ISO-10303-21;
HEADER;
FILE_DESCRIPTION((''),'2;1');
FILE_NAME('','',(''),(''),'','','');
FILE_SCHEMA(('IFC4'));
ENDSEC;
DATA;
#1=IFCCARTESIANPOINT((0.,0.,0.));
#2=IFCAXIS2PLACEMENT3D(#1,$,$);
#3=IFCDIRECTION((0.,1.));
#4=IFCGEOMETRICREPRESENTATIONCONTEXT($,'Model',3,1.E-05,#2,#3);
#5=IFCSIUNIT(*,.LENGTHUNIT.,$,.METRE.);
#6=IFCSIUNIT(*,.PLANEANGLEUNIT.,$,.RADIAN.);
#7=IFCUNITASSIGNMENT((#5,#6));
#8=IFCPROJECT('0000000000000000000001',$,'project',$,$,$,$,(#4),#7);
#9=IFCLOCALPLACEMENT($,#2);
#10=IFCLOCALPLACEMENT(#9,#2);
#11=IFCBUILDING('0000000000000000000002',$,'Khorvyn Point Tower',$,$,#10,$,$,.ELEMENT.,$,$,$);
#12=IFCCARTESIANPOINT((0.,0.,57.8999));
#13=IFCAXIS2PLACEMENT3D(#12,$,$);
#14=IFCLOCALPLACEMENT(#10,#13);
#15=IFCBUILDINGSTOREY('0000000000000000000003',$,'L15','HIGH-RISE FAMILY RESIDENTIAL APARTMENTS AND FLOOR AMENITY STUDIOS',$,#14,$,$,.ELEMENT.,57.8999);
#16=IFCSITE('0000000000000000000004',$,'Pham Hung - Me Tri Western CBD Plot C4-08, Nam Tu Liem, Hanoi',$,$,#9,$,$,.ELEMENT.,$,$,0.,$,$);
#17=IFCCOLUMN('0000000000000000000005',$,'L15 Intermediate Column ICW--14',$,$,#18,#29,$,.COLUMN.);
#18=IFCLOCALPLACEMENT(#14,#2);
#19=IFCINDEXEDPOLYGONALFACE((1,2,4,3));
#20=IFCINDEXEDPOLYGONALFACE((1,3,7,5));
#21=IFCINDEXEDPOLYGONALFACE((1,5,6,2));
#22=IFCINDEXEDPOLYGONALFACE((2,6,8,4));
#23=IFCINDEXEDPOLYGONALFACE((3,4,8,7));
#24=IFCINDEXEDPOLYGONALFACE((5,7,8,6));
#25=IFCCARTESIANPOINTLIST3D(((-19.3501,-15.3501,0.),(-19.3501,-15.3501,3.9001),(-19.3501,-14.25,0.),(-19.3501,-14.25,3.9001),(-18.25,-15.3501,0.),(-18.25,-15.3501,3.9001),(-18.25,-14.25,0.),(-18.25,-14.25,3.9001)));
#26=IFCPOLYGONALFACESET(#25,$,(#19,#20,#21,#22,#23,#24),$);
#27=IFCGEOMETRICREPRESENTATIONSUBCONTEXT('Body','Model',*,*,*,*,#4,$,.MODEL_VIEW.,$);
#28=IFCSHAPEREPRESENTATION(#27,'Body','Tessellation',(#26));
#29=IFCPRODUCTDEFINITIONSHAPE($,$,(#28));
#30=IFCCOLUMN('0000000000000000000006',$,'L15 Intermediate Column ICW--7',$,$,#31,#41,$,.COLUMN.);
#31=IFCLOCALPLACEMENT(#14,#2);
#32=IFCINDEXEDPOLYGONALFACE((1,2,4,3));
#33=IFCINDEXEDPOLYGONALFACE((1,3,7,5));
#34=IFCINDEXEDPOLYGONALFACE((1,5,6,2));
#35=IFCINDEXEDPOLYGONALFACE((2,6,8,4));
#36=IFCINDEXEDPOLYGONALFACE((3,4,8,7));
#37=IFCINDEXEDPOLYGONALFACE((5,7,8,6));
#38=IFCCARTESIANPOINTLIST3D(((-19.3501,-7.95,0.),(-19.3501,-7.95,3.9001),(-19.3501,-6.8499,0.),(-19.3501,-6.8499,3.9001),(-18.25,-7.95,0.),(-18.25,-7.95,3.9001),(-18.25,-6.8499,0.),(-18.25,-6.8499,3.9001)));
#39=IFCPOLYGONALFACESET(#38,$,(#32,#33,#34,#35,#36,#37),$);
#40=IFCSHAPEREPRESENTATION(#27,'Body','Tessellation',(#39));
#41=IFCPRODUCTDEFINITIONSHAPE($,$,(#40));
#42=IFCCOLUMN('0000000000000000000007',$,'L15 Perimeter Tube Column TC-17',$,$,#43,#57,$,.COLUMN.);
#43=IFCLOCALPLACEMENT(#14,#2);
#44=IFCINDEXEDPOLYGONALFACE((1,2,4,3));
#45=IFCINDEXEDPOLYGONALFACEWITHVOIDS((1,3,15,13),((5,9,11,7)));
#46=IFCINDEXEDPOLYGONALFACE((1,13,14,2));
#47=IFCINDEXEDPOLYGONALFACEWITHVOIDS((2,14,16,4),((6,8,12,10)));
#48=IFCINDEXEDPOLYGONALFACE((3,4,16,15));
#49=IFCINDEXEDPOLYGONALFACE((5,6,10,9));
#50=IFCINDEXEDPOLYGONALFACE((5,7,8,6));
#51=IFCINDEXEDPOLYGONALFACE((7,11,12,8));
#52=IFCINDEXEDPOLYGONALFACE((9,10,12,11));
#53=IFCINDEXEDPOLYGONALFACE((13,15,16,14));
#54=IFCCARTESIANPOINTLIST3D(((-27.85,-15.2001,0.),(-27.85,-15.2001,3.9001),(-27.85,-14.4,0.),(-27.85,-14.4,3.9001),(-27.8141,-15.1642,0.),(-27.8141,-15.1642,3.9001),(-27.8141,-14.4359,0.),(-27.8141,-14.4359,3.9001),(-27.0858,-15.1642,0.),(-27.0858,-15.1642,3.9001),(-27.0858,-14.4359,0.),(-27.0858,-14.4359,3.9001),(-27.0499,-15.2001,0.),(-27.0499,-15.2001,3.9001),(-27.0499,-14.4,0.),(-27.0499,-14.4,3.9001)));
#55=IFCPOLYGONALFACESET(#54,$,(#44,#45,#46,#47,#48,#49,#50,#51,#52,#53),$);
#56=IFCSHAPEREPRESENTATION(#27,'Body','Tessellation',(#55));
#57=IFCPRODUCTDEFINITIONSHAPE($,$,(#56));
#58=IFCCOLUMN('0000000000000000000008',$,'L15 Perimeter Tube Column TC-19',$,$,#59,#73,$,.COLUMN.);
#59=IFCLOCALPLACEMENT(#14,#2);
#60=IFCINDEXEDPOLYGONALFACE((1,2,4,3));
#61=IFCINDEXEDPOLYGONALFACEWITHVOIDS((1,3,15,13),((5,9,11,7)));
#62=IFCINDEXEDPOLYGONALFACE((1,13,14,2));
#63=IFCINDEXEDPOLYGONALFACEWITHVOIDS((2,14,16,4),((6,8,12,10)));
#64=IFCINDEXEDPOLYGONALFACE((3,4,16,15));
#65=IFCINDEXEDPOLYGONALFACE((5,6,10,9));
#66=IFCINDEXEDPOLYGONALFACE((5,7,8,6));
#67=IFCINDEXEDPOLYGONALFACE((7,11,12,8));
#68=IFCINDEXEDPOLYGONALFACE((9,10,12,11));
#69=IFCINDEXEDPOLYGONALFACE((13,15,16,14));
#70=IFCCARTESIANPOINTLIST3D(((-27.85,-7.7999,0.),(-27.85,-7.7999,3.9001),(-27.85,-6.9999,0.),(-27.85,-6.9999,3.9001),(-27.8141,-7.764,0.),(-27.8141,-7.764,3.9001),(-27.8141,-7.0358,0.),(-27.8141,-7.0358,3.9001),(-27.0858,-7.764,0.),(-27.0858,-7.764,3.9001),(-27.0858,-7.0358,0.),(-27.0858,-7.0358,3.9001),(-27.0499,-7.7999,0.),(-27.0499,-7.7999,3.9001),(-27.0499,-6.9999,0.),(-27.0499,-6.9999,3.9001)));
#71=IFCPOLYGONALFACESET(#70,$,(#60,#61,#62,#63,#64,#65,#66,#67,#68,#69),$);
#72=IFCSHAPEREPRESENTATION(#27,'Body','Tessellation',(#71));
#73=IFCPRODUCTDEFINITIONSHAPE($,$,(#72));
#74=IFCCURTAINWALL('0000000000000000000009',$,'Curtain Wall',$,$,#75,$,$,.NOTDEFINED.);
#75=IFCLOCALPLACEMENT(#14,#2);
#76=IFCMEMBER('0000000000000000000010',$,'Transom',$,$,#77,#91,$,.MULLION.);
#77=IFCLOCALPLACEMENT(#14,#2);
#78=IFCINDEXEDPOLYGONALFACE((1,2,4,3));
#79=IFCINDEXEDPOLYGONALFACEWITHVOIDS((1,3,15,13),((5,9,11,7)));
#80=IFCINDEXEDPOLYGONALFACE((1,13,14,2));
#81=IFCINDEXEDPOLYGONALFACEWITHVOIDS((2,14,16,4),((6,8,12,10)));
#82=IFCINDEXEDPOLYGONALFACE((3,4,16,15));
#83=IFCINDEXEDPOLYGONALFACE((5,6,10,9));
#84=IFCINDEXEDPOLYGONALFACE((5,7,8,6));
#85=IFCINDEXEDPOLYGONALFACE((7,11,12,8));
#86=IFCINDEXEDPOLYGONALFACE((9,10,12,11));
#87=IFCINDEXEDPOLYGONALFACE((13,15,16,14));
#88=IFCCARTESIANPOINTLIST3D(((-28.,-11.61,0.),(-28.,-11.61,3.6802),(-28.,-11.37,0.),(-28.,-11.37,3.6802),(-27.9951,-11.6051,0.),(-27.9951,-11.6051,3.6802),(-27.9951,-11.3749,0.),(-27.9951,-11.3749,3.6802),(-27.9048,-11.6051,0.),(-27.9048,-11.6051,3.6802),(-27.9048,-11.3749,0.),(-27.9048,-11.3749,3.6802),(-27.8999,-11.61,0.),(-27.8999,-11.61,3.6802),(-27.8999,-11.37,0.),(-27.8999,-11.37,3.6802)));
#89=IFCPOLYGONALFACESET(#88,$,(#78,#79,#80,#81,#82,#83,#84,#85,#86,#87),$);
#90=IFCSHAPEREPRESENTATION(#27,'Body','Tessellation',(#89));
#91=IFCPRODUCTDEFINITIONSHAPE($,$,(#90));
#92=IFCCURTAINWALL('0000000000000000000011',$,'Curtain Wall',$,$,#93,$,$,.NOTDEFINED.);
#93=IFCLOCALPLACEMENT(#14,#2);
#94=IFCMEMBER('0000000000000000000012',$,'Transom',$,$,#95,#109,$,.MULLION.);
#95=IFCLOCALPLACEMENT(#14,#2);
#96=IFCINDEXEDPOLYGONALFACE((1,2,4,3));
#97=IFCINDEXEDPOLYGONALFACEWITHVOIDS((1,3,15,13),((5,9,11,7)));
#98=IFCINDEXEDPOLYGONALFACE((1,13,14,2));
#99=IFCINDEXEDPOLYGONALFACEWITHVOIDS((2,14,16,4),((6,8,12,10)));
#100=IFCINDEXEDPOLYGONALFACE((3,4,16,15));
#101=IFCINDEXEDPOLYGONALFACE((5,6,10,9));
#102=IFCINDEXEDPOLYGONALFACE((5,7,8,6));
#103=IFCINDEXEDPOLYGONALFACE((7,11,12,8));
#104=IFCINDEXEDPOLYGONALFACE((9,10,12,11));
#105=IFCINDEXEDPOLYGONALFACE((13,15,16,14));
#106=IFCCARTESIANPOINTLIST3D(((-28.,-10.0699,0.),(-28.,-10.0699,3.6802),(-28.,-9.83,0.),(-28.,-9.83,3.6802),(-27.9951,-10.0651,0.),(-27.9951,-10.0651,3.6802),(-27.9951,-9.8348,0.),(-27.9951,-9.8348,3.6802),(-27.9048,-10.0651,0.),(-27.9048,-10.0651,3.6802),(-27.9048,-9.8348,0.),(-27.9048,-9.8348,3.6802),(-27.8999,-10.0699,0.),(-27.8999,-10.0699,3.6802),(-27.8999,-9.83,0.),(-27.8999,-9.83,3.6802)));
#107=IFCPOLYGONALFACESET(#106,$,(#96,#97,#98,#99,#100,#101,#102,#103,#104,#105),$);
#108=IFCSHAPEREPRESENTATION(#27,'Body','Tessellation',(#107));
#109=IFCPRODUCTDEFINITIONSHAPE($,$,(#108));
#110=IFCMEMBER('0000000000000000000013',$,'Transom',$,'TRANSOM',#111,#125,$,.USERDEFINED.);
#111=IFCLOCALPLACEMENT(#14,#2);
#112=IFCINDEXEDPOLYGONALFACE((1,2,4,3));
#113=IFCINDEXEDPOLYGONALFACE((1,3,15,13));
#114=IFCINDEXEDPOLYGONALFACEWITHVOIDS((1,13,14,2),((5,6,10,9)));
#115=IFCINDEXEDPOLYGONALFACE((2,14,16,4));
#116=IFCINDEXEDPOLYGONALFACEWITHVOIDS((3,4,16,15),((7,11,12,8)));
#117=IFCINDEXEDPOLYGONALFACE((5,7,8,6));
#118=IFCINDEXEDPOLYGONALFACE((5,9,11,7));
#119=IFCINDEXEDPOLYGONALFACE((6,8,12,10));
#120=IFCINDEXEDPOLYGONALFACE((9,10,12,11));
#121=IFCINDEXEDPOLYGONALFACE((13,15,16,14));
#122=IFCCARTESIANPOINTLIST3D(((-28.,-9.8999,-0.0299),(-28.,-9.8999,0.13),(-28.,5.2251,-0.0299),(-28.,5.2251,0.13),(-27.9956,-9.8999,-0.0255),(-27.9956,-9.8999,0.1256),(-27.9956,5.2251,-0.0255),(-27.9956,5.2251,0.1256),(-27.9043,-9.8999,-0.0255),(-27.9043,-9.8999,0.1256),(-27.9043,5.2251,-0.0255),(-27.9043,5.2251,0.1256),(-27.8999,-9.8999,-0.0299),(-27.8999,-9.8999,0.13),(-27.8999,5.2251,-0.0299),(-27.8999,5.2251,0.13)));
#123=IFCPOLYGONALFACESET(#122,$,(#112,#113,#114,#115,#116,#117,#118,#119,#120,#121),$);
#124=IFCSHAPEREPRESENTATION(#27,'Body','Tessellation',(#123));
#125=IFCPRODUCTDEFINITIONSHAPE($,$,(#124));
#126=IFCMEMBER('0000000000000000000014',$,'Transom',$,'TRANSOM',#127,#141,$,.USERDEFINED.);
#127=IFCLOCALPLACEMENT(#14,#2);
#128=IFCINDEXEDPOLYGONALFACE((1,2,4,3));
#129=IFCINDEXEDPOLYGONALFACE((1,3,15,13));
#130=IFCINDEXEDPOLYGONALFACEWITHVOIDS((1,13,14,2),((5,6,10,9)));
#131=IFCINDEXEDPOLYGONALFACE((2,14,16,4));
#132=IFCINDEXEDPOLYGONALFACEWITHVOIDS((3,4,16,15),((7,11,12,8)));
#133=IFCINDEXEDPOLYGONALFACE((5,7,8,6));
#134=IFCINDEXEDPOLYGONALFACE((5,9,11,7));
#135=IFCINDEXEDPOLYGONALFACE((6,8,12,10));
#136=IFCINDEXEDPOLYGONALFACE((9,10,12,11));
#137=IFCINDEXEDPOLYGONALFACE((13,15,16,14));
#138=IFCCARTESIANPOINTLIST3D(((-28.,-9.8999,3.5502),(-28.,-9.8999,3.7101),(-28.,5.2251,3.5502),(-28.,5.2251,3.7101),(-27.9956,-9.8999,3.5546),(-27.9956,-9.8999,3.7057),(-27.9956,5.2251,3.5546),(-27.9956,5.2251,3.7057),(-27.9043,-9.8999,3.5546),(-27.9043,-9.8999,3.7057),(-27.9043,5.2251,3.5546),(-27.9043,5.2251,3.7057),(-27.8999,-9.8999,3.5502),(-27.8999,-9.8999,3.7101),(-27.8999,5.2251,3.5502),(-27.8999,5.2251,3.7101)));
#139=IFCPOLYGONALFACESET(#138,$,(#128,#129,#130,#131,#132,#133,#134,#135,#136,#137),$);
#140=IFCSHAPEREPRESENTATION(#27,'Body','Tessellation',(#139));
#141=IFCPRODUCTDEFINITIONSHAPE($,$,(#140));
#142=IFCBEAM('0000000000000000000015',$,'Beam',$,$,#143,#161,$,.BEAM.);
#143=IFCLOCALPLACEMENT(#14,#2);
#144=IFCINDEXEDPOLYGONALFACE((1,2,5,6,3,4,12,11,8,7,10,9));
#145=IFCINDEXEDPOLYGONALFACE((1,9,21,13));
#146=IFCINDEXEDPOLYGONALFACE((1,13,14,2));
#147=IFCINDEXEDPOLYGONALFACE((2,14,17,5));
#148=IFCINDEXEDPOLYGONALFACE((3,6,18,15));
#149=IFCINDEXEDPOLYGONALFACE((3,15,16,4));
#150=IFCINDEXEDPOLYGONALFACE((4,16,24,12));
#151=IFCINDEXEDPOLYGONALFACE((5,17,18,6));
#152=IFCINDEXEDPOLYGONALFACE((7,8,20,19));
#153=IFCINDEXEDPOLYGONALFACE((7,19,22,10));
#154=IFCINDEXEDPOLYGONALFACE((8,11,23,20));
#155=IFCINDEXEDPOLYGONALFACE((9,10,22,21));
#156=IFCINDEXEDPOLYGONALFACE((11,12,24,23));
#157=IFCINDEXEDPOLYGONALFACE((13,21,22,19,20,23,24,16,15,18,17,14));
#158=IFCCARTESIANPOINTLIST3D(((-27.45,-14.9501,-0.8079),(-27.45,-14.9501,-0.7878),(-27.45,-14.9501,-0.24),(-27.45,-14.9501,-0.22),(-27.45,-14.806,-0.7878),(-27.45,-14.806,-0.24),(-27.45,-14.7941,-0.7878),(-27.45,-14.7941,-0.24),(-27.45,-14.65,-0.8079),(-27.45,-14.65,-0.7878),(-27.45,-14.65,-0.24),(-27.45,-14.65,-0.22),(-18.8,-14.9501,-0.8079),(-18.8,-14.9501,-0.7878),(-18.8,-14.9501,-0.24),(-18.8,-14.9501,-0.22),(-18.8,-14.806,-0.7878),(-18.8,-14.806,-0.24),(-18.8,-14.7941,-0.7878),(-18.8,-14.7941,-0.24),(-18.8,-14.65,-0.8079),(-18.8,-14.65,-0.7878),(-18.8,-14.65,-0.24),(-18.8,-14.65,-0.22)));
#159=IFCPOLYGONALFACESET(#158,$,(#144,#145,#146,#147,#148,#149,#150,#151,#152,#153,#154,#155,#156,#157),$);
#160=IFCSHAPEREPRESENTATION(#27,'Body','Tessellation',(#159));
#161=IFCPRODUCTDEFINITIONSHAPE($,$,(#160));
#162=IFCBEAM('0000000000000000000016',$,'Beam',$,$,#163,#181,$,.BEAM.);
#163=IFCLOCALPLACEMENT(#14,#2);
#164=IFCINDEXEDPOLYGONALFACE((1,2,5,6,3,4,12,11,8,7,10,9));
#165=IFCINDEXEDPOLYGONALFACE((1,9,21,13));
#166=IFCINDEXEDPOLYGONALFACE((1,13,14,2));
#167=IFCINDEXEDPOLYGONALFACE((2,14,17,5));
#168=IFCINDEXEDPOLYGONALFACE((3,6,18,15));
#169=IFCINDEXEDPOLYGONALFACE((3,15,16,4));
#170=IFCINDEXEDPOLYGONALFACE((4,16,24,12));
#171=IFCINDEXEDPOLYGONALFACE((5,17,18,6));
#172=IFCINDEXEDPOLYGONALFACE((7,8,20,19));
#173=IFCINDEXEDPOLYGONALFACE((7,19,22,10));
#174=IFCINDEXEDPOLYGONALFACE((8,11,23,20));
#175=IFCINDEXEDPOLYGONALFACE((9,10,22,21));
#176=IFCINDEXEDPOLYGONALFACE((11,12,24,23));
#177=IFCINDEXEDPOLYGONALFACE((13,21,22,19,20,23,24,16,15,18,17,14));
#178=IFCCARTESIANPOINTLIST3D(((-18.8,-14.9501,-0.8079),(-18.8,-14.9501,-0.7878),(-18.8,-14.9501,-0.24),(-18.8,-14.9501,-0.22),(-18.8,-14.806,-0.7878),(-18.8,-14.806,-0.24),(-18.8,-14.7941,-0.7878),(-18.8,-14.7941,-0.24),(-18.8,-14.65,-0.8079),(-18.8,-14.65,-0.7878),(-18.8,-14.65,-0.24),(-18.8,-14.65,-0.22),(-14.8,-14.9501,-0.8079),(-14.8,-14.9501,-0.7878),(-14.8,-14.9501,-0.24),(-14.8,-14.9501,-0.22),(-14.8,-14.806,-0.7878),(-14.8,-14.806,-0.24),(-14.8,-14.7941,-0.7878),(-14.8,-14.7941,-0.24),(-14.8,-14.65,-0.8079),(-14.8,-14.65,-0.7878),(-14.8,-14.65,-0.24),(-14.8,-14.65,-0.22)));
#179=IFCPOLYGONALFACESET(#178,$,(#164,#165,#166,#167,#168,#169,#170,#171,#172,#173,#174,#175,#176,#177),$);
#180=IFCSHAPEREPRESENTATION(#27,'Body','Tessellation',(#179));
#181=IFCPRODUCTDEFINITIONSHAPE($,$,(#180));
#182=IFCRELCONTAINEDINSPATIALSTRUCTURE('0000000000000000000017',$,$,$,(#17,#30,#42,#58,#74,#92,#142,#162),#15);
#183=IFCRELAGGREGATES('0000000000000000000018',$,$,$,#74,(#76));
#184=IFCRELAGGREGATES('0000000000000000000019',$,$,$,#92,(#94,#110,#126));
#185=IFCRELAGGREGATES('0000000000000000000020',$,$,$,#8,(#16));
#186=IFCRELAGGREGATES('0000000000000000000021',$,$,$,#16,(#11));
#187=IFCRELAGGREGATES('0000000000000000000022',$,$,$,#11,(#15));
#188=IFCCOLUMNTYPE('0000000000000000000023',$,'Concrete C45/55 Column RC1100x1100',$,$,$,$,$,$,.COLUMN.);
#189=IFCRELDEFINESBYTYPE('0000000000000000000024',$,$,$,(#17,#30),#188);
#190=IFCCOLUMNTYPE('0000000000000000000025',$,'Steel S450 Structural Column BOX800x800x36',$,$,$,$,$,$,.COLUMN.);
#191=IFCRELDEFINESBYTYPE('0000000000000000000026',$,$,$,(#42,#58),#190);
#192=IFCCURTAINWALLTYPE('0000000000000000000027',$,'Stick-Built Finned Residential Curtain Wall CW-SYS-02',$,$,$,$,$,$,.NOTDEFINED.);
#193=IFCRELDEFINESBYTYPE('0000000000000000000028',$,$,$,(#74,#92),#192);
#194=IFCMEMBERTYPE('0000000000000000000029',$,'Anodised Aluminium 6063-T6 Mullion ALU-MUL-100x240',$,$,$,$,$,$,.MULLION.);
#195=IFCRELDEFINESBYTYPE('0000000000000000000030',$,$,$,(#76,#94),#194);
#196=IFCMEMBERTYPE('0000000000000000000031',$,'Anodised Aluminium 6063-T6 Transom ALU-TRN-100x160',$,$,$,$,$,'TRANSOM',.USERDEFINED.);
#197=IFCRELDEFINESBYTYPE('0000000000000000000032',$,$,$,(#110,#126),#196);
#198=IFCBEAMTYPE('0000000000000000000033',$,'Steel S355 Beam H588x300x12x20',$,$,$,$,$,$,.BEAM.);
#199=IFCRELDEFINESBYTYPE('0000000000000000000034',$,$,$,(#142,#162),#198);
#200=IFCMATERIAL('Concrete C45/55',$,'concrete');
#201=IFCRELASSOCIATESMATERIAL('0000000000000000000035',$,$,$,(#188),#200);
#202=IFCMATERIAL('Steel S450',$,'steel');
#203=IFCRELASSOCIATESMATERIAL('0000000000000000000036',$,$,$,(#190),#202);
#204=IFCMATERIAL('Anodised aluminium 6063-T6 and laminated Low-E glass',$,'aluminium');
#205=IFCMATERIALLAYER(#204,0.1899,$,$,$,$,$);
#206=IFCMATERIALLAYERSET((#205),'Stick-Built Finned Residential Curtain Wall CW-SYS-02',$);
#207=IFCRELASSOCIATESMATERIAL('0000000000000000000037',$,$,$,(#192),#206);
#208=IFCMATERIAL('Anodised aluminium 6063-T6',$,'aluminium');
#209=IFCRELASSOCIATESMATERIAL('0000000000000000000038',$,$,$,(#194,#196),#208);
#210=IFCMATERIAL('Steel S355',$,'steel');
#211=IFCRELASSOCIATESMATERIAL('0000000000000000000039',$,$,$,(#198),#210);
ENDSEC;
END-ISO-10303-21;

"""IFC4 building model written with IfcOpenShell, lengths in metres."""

from ifc_helpers import new_model, si_unit, direction, frame, origin, origin_2d, place, context, subcontext, project, spatial, rectangle, hollow_rectangle, i_section, extrude, material, layer, layer_set, material_profile, profile_set, type_object, element, aggregate, save


model = new_model("IFC4")

# Units and contexts
model_context = context("Model", 3, precision=1e-05, world=origin(), true_north=direction((0.0, 1.0)))
body_context = subcontext(model_context, "Body", "Model", "MODEL_VIEW")
ifc_project = project(units=[si_unit("LENGTHUNIT", "METRE"), si_unit("PLANEANGLEUNIT", "RADIAN")], contexts=[model_context])

# Site, building, storey
site_placement = place(None, origin())
site = spatial("IfcSite", under=ifc_project, at=site_placement, Name="Pham Hung - Me Tri Western CBD Plot C4-08, Nam Tu Liem, Hanoi", CompositionType="ELEMENT", RefElevation=0.0)
building_placement = place(site_placement, origin())
building = spatial("IfcBuilding", under=site, at=building_placement, Name="Khorvyn Point Tower", CompositionType="ELEMENT")
storey_placement = place(building_placement, frame((0.0, 0.0, 57.8999)))
storey = spatial("IfcBuildingStorey", under=building, at=storey_placement, Name="L15", Description="HIGH-RISE FAMILY RESIDENTIAL APARTMENTS AND FLOOR AMENITY STUDIOS", CompositionType="ELEMENT", Elevation=57.8999)

# Columns
ifc_material_1 = material(Name="Concrete C45/55", Category="concrete")
ifc_material_profile_1 = material_profile(ifc_material_1, rectangle(XDim=1.1001, YDim=1.1001, at=origin_2d()))
ifc_profile_set_1 = profile_set([ifc_material_profile_1], Name="Concrete C45/55 RC1100x1100")
column_type_1 = type_object("IfcColumnType", Name="Concrete C45/55 Column RC1100x1100", PredefinedType="COLUMN", material=ifc_profile_set_1)
for number, where, z_axis, x_axis, name in (
    (1, (-18.8, -14.8, 0.0), (0.0, 0.0, 1.0), (1.0, 0.0, 0.0), "L15 Intermediate Column ICW--14"),
    (2, (-18.8, -7.3999, 0.0), (0.0, 0.0, 1.0), (1.0, 0.0, 0.0), "L15 Intermediate Column ICW--7"),
):
    element("IfcColumn", number, at=place(storey_placement, frame(where, z_axis=z_axis, x_axis=x_axis)), inside=storey, type_object=column_type_1, Name=name, PredefinedType="COLUMN", context=body_context, shape_type="SweptSolid", body=[
        extrude(rectangle(XDim=1.1001, YDim=1.1001, at=origin_2d()), origin(), (0.0, 0.0, 1.0), 3.9001),
    ])
ifc_material_2 = material(Name="Steel S450", Category="steel")
ifc_material_profile_2 = material_profile(ifc_material_2, hollow_rectangle(XDim=0.8, YDim=0.8, WallThickness=0.0359, at=origin_2d()))
ifc_profile_set_2 = profile_set([ifc_material_profile_2], Name="Steel S450 BOX800x800x36")
column_type_2 = type_object("IfcColumnType", Name="Steel S450 Structural Column BOX800x800x36", PredefinedType="COLUMN", material=ifc_profile_set_2)
for number, where, z_axis, x_axis, name in (
    (3, (-27.45, -14.8, 0.0), (0.0, 0.0, 1.0), (1.0, 0.0, 0.0), "L15 Perimeter Tube Column TC-17"),
    (4, (-27.45, -7.3999, 0.0), (0.0, 0.0, 1.0), (1.0, 0.0, 0.0), "L15 Perimeter Tube Column TC-19"),
):
    element("IfcColumn", number, at=place(storey_placement, frame(where, z_axis=z_axis, x_axis=x_axis)), inside=storey, type_object=column_type_2, Name=name, PredefinedType="COLUMN", context=body_context, shape_type="SweptSolid", body=[
        extrude(hollow_rectangle(XDim=0.8, YDim=0.8, WallThickness=0.0359, at=origin_2d()), origin(), (0.0, 0.0, 1.0), 3.9001),
    ])

# Curtain wall, member
ifc_material_3 = material(Name="Anodised aluminium 6063-T6 and laminated Low-E glass", Category="aluminium")
ifc_layer_1 = layer(ifc_material_3, 0.1899)
ifc_layer_set_1 = layer_set([ifc_layer_1], Name="Stick-Built Finned Residential Curtain Wall CW-SYS-02")
curtain_wall_type = type_object("IfcCurtainWallType", Name="Stick-Built Finned Residential Curtain Wall CW-SYS-02", PredefinedType="NOTDEFINED", material=ifc_layer_set_1)
curtain_wall_1_placement = place(storey_placement, origin())
curtain_wall_1 = element("IfcCurtainWall", 5, at=curtain_wall_1_placement, inside=storey, type_object=curtain_wall_type, Name="Curtain Wall", PredefinedType="NOTDEFINED")
ifc_material_4 = material(Name="Anodised aluminium 6063-T6", Category="aluminium")
ifc_material_profile_3 = material_profile(ifc_material_4, hollow_rectangle(XDim=0.1001, YDim=0.24, WallThickness=0.0049, at=origin_2d()))
ifc_profile_set_3 = profile_set([ifc_material_profile_3], Name="Anodised aluminium 6063-T6 ALU-MUL-100x240")
member_type_1 = type_object("IfcMemberType", Name="Anodised Aluminium 6063-T6 Mullion ALU-MUL-100x240", PredefinedType="MULLION", material=ifc_profile_set_3)
member_1_placement = place(storey_placement, frame((-27.95, -11.49, 0.0), z_axis=(0.0, 0.0, 1.0), x_axis=(-1.0, 0.0, 0.0)))
member_1 = element("IfcMember", 6, at=member_1_placement, type_object=member_type_1, Name="Transom", PredefinedType="MULLION", context=body_context, shape_type="SweptSolid", body=[
    extrude(hollow_rectangle(XDim=0.1001, YDim=0.24, WallThickness=0.0049, at=origin_2d()), origin(), (0.0, 0.0, 1.0), 3.6802),
])

# Curtain wall, members
curtain_wall_2_placement = place(storey_placement, origin())
curtain_wall_2 = element("IfcCurtainWall", 7, at=curtain_wall_2_placement, inside=storey, type_object=curtain_wall_type, Name="Curtain Wall", PredefinedType="NOTDEFINED")
member_2_placement = place(storey_placement, frame((-27.95, -9.95, 0.0), z_axis=(0.0, 0.0, 1.0), x_axis=(-1.0, 0.0, 0.0)))
member_2 = element("IfcMember", 8, at=member_2_placement, type_object=member_type_1, Name="Transom", PredefinedType="MULLION", context=body_context, shape_type="SweptSolid", body=[
    extrude(hollow_rectangle(XDim=0.1001, YDim=0.24, WallThickness=0.0049, at=origin_2d()), origin(), (0.0, 0.0, 1.0), 3.6802),
])
ifc_material_profile_4 = material_profile(ifc_material_4, hollow_rectangle(XDim=0.1001, YDim=0.1599, WallThickness=0.0044, at=origin_2d()))
ifc_profile_set_4 = profile_set([ifc_material_profile_4], Name="Anodised aluminium 6063-T6 ALU-TRN-100x160")
member_type_2 = type_object("IfcMemberType", Name="Anodised Aluminium 6063-T6 Transom ALU-TRN-100x160", ElementType="TRANSOM", PredefinedType="USERDEFINED", material=ifc_profile_set_4)
member_3_placement = place(storey_placement, frame((-27.95, -9.8999, 0.05), z_axis=(0.0, 1.0, 0.0), x_axis=(-1.0, 0.0, 0.0)))
member_3 = element("IfcMember", 9, at=member_3_placement, type_object=member_type_2, Name="Transom", ObjectType="TRANSOM", PredefinedType="USERDEFINED", context=body_context, shape_type="SweptSolid", body=[
    extrude(hollow_rectangle(XDim=0.1001, YDim=0.1599, WallThickness=0.0044, at=origin_2d()), origin(), (0.0, 0.0, 1.0), 15.125),
])
member_4_placement = place(storey_placement, frame((-27.95, -9.8999, 3.6301), z_axis=(0.0, 1.0, 0.0), x_axis=(-1.0, 0.0, 0.0)))
member_4 = element("IfcMember", 10, at=member_4_placement, type_object=member_type_2, Name="Transom", ObjectType="TRANSOM", PredefinedType="USERDEFINED", context=body_context, shape_type="SweptSolid", body=[
    extrude(hollow_rectangle(XDim=0.1001, YDim=0.1599, WallThickness=0.0044, at=origin_2d()), origin(), (0.0, 0.0, 1.0), 15.125),
])

# Beams
ifc_material_5 = material(Name="Steel S355", Category="steel")
ifc_material_profile_5 = material_profile(ifc_material_5, i_section(OverallWidth=0.3, OverallDepth=0.5879, WebThickness=0.012, FlangeThickness=0.02, at=origin_2d()))
ifc_profile_set_5 = profile_set([ifc_material_profile_5], Name="Steel S355 H588x300x12x20")
beam_type_1 = type_object("IfcBeamType", Name="Steel S355 Beam H588x300x12x20", PredefinedType="BEAM", material=ifc_profile_set_5)
beam_1_placement = place(storey_placement, frame((-27.45, -14.8, -0.5139), z_axis=(1.0, 0.0, 0.0), x_axis=(0.0, 1.0, 0.0)))
element("IfcBeam", 11, at=beam_1_placement, inside=storey, type_object=beam_type_1, Name="Beam", PredefinedType="BEAM", context=body_context, shape_type="SweptSolid", body=[
    extrude(i_section(OverallWidth=0.3, OverallDepth=0.5879, WebThickness=0.012, FlangeThickness=0.02, at=origin_2d()), origin(), (0.0, 0.0, 1.0), 8.6499),
])
beam_2_placement = place(storey_placement, frame((-18.8, -14.8, -0.5139), z_axis=(1.0, 0.0, 0.0), x_axis=(0.0, 1.0, 0.0)))
element("IfcBeam", 12, at=beam_2_placement, inside=storey, type_object=beam_type_1, Name="Beam", PredefinedType="BEAM", context=body_context, shape_type="SweptSolid", body=[
    extrude(i_section(OverallWidth=0.3, OverallDepth=0.5879, WebThickness=0.012, FlangeThickness=0.02, at=origin_2d()), origin(), (0.0, 0.0, 1.0), 4.0),
])

aggregate(curtain_wall_1, [member_1])
aggregate(curtain_wall_2, [member_2, member_3, member_4])

save(model, "model.ifc")
